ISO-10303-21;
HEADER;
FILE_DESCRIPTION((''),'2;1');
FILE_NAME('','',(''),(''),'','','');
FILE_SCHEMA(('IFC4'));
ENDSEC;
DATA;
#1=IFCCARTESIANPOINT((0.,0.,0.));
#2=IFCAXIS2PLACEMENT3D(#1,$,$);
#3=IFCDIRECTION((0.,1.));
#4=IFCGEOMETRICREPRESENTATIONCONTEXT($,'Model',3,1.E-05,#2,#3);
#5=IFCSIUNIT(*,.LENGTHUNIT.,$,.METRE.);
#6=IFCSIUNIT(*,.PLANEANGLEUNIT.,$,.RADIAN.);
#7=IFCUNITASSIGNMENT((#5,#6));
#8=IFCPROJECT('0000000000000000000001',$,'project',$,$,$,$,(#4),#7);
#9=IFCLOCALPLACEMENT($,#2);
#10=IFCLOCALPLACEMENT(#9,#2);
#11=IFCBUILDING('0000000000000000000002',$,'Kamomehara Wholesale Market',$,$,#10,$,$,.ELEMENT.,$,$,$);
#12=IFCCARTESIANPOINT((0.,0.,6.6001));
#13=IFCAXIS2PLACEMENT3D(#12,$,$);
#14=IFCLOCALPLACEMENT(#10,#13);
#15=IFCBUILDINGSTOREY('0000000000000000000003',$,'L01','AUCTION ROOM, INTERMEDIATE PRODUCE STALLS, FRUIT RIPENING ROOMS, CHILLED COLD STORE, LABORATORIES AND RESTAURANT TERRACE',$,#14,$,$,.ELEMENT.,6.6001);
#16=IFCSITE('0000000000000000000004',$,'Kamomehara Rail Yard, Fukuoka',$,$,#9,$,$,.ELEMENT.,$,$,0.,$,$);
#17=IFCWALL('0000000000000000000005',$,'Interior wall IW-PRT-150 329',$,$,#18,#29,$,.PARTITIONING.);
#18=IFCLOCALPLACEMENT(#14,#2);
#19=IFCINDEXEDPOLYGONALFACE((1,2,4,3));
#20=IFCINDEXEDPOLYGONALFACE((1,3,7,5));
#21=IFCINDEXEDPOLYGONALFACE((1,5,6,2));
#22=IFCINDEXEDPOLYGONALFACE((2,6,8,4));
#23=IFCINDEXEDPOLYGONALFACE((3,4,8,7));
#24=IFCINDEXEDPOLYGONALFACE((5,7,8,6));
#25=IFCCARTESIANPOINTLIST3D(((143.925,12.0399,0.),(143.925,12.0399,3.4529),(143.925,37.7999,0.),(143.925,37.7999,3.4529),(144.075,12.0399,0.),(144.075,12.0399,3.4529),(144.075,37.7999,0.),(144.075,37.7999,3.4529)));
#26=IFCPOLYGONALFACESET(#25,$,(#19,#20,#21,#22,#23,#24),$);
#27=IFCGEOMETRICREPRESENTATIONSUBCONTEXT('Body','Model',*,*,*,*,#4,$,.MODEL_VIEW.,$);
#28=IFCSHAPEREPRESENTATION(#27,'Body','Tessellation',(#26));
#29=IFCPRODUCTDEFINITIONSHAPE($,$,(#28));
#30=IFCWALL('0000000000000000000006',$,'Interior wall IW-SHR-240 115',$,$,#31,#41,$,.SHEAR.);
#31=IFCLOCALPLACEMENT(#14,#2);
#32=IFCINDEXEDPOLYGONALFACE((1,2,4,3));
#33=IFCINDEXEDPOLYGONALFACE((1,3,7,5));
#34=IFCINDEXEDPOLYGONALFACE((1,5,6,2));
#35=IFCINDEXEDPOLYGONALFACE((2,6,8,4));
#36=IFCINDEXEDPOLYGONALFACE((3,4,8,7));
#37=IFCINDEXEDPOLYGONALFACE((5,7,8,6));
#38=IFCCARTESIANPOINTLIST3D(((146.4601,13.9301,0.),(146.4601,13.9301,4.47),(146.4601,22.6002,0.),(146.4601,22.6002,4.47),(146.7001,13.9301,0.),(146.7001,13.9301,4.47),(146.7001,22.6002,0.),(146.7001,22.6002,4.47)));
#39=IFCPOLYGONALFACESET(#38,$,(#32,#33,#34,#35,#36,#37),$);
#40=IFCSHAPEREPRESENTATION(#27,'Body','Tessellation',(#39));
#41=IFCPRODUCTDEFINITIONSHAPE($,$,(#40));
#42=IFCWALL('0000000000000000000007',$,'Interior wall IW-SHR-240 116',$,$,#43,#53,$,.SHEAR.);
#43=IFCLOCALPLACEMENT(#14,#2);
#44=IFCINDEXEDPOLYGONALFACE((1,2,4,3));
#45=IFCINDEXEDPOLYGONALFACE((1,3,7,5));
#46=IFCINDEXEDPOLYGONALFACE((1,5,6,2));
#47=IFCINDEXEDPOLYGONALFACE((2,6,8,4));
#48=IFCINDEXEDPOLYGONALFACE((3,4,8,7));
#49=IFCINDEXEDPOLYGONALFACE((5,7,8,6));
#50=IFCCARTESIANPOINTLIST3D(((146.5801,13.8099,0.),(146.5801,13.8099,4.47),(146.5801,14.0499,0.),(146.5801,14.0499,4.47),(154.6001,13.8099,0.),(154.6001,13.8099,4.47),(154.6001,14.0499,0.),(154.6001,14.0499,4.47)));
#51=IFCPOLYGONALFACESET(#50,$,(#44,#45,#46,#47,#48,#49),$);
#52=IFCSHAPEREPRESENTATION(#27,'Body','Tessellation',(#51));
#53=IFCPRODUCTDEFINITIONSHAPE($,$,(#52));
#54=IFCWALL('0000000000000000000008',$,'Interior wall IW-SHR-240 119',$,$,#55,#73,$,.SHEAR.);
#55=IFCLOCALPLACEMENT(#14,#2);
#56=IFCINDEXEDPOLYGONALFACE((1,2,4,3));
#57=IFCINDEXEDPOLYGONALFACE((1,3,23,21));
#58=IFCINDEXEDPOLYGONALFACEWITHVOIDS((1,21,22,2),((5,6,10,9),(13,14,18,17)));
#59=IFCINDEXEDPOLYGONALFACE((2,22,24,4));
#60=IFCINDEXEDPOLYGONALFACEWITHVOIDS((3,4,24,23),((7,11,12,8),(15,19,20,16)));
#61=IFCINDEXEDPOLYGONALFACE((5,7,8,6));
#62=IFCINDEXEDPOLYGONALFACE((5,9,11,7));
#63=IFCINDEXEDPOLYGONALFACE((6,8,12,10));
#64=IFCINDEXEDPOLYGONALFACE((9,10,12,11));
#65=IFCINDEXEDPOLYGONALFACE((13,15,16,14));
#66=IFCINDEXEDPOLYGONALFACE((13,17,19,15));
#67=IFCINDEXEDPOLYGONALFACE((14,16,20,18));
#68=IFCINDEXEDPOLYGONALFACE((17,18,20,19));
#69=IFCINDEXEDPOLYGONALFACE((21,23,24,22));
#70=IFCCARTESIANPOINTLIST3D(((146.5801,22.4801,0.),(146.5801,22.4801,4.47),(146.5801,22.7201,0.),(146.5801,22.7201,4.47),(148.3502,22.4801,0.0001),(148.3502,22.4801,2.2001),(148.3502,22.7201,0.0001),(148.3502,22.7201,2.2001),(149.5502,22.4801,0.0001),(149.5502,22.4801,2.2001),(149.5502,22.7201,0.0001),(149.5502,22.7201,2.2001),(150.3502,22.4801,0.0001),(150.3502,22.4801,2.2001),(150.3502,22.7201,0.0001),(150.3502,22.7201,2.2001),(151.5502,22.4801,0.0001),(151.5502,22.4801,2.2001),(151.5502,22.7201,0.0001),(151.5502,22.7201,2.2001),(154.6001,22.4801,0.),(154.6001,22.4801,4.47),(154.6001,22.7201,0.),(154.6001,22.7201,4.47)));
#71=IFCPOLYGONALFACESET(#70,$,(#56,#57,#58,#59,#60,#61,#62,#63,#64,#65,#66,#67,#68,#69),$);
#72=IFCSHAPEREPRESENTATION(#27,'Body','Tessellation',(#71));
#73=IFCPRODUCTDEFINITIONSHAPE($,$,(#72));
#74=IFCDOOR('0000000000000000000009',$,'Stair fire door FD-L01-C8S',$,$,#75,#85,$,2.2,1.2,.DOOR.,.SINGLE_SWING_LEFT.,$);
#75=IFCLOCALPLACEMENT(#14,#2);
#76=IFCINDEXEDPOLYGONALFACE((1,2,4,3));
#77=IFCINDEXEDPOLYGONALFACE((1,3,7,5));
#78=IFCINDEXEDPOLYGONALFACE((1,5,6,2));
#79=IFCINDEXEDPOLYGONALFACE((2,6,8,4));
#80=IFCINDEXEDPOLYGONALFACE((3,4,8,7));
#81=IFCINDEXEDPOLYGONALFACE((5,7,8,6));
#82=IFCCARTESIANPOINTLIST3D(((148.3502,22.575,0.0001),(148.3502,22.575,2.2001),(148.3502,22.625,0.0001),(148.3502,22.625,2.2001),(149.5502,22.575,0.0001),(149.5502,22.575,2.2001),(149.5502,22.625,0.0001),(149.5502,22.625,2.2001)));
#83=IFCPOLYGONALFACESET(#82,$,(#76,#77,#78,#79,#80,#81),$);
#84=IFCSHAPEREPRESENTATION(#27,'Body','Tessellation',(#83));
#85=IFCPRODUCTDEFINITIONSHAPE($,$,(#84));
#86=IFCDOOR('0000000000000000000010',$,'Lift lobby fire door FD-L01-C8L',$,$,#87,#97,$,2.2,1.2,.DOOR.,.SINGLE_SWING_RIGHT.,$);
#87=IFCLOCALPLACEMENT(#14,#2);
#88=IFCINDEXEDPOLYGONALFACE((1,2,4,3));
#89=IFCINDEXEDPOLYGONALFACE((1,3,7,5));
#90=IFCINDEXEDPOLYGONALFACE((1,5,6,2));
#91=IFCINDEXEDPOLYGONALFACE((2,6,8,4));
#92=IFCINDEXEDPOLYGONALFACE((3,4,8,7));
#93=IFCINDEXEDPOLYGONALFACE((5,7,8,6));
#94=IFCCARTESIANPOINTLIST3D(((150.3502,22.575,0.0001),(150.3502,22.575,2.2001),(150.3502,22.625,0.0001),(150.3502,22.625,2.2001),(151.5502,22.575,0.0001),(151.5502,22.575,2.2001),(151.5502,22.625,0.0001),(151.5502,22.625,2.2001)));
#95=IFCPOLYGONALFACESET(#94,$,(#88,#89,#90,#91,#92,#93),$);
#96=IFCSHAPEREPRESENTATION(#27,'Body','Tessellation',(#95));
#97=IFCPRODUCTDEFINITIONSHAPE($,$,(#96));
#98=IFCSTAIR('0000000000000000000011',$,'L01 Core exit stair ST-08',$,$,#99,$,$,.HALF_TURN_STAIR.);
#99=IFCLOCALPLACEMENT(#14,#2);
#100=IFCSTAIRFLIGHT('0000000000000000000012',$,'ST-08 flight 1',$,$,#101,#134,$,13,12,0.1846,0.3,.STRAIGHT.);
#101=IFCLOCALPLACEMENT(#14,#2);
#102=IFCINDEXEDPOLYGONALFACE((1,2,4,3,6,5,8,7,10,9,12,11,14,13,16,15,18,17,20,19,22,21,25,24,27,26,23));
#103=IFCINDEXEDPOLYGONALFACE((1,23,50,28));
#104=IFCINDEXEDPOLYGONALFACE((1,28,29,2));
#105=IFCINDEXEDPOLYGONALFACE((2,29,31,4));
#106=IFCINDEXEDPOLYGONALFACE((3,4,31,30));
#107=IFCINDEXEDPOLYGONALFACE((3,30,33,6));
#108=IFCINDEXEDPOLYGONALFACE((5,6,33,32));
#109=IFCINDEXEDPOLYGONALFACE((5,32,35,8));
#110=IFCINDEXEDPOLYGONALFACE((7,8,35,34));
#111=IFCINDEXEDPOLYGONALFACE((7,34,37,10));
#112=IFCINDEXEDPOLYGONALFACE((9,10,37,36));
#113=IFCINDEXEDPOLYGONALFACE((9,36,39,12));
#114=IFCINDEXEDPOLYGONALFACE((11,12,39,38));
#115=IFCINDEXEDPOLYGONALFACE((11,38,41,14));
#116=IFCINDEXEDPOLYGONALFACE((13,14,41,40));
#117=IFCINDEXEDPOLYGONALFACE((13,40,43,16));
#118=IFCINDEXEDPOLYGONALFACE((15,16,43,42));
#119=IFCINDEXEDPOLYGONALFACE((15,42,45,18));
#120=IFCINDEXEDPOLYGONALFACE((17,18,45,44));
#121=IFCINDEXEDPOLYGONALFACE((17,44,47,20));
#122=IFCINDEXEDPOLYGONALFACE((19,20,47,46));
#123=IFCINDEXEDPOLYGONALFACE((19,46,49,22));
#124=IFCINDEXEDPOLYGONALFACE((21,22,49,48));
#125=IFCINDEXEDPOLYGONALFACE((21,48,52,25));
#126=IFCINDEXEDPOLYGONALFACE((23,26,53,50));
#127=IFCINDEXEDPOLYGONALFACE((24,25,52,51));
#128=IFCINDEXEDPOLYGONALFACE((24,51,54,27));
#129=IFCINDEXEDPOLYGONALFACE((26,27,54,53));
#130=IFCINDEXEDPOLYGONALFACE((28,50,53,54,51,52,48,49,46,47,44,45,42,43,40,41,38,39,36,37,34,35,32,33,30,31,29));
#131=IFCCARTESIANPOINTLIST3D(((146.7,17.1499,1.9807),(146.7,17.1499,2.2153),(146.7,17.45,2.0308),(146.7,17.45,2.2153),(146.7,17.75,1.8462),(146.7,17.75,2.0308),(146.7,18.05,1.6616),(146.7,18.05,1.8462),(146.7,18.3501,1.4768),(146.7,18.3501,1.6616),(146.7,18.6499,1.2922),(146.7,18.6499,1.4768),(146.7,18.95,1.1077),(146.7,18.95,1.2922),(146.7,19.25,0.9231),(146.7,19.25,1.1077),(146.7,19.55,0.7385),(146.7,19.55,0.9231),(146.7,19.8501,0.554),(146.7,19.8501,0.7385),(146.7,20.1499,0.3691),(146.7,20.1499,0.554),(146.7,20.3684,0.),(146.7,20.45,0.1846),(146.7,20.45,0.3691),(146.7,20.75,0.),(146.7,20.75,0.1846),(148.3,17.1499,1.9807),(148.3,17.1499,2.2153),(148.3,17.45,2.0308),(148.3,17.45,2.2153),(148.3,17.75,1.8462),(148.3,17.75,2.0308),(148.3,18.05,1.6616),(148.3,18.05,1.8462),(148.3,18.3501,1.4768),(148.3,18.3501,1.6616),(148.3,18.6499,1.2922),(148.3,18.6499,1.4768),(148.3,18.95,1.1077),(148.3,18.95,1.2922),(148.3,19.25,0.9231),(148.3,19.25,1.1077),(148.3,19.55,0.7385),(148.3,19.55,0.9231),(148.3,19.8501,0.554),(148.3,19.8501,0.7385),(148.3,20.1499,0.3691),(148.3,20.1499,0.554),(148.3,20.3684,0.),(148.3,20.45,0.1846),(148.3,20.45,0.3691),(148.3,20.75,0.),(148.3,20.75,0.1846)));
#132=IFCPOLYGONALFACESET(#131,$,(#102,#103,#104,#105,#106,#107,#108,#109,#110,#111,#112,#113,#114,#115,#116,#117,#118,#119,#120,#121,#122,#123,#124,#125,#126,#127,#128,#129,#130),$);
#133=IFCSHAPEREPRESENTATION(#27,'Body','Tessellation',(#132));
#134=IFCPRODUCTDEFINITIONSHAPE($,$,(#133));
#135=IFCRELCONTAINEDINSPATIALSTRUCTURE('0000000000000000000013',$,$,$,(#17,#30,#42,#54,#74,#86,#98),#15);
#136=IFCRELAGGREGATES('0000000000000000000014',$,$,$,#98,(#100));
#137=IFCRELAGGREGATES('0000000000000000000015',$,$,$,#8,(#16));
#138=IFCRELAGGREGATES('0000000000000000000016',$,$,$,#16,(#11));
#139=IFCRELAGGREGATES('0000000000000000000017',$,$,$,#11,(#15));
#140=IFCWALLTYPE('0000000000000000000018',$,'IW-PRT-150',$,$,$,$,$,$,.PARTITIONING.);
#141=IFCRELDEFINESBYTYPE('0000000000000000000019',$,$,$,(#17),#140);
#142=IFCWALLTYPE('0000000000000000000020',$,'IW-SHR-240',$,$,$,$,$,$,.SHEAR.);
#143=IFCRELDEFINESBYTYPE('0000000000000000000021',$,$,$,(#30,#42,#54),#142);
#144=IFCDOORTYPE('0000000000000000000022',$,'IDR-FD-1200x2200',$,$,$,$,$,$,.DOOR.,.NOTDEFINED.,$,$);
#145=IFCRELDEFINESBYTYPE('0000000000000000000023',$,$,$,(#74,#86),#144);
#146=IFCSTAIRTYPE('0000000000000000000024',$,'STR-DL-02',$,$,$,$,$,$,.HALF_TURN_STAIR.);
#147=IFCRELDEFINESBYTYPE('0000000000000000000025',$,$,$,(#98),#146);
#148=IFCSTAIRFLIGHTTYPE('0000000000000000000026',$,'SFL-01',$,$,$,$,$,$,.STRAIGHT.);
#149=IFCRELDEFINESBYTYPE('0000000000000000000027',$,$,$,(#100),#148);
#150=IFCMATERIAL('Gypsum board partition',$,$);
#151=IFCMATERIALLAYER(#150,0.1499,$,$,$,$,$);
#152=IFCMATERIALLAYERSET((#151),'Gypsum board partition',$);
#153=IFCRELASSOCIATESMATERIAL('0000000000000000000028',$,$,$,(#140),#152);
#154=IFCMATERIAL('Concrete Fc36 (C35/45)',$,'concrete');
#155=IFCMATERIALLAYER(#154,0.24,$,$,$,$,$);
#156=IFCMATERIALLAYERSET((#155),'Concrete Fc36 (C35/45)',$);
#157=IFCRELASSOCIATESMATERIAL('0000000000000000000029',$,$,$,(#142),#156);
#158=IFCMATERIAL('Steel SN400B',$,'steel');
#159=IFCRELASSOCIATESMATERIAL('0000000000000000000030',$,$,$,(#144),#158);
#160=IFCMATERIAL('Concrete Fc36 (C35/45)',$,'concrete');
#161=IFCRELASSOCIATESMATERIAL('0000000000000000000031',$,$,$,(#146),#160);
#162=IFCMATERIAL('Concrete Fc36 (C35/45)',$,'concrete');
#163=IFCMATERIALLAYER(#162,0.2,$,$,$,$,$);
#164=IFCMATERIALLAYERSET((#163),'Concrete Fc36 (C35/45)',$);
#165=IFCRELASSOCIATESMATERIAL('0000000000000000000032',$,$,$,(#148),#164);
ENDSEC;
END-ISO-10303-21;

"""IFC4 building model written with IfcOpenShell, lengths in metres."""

from ifc_helpers import new_model, si_unit, direction, frame, frame_2d, origin, place, context, subcontext, project, spatial, polyline, rectangle, outline, extrude, material, layer, layer_set, type_object, element, fill, aggregate, save


model = new_model("IFC4")

# Units and contexts
model_context = context("Model", 3, precision=1e-05, world=origin(), true_north=direction((0.0, 1.0)))
body_context = subcontext(model_context, "Body", "Model", "MODEL_VIEW")
ifc_project = project(units=[si_unit("LENGTHUNIT", "METRE"), si_unit("PLANEANGLEUNIT", "RADIAN")], contexts=[model_context])

# Site, building, storey
site_placement = place(None, origin())
site = spatial("IfcSite", under=ifc_project, at=site_placement, Name="Kamomehara Rail Yard, Fukuoka", CompositionType="ELEMENT", RefElevation=0.0)
building_placement = place(site_placement, origin())
building = spatial("IfcBuilding", under=site, at=building_placement, Name="Kamomehara Wholesale Market", CompositionType="ELEMENT")
storey_placement = place(building_placement, frame((0.0, 0.0, 6.6001)))
storey = spatial("IfcBuildingStorey", under=building, at=storey_placement, Name="L01", Description="AUCTION ROOM, INTERMEDIATE PRODUCE STALLS, FRUIT RIPENING ROOMS, CHILLED COLD STORE, LABORATORIES AND RESTAURANT TERRACE", CompositionType="ELEMENT", Elevation=6.6001)

# Shared definitions
ifc_material_1 = material(Name="Gypsum board partition")
ifc_layer_1 = layer(ifc_material_1, 0.1499)
ifc_layer_set_1 = layer_set([ifc_layer_1], Name="Gypsum board partition")
wall_type_1 = type_object("IfcWallType", Name="IW-PRT-150", PredefinedType="PARTITIONING", material=ifc_layer_set_1)

# Walls
wall_1_placement = place(storey_placement, frame((144.0, 12.04, 0.0), z_axis=(0.0, 0.0, 1.0), x_axis=(0.0, 1.0, 0.0)))
element("IfcWall", 1, at=wall_1_placement, inside=storey, type_object=wall_type_1, Name="Interior wall IW-PRT-150 329", PredefinedType="PARTITIONING", context=body_context, shape_type="SweptSolid", body=[
    extrude(rectangle(XDim=25.76, YDim=0.1499, at=frame_2d((12.8799, 0.0))), origin(), (0.0, 0.0, 1.0), 3.4529),
])
ifc_material_2 = material(Name="Concrete Fc36 (C35/45)", Category="concrete")
ifc_layer_2 = layer(ifc_material_2, 0.24)
ifc_layer_set_2 = layer_set([ifc_layer_2], Name="Concrete Fc36 (C35/45)")
wall_type_2 = type_object("IfcWallType", Name="IW-SHR-240", PredefinedType="SHEAR", material=ifc_layer_set_2)
wall_2_placement = place(storey_placement, frame((146.5801, 22.6001, 0.0), z_axis=(0.0, 0.0, 1.0), x_axis=(0.0, -1.0, 0.0)))
element("IfcWall", 2, at=wall_2_placement, inside=storey, type_object=wall_type_2, Name="Interior wall IW-SHR-240 115", PredefinedType="SHEAR", context=body_context, shape_type="SweptSolid", body=[
    extrude(rectangle(XDim=8.6702, YDim=0.24, at=frame_2d((4.335, 0.0))), origin(), (0.0, 0.0, 1.0), 4.47),
])
wall_3_placement = place(storey_placement, frame((146.5801, 13.9299, 0.0), z_axis=(0.0, 0.0, 1.0), x_axis=(1.0, 0.0, 0.0)))
element("IfcWall", 3, at=wall_3_placement, inside=storey, type_object=wall_type_2, Name="Interior wall IW-SHR-240 116", PredefinedType="SHEAR", context=body_context, shape_type="SweptSolid", body=[
    extrude(rectangle(XDim=8.02, YDim=0.24, at=frame_2d((4.01, 0.0))), origin(), (0.0, 0.0, 1.0), 4.47),
])

# Wall, openings, doors
wall_4_placement = place(storey_placement, frame((146.5801, 22.6001, 0.0), z_axis=(0.0, 0.0, 1.0), x_axis=(1.0, 0.0, 0.0)))
wall_4 = element("IfcWall", 4, at=wall_4_placement, inside=storey, type_object=wall_type_2, Name="Interior wall IW-SHR-240 119", PredefinedType="SHEAR", context=body_context, shape_type="SweptSolid", body=[
    extrude(rectangle(XDim=8.02, YDim=0.24, at=frame_2d((4.01, 0.0))), origin(), (0.0, 0.0, 1.0), 4.47),
])
opening_1_placement = place(wall_4_placement, frame((1.77, 0.0, 0.0)))
opening_1 = element("IfcOpeningElement", 5, at=opening_1_placement, cuts=wall_4, PredefinedType="OPENING", context=body_context, shape_type="SweptSolid", body=[
    extrude(rectangle(XDim=1.2, YDim=2.2, at=frame_2d((0.6001, 1.1001))), frame((0.0, 0.1348, 0.0), z_axis=(0.0, -1.0, 0.0), x_axis=(1.0, 0.0, 0.0)), (0.0, 0.0, 1.0), 0.2698),
])
opening_2_placement = place(wall_4_placement, frame((3.77, 0.0, 0.0)))
opening_2 = element("IfcOpeningElement", 6, at=opening_2_placement, cuts=wall_4, PredefinedType="OPENING", context=body_context, shape_type="SweptSolid", body=[
    extrude(rectangle(XDim=1.2, YDim=2.2, at=frame_2d((0.6001, 1.1001))), frame((0.0, 0.1348, 0.0), z_axis=(0.0, -1.0, 0.0), x_axis=(1.0, 0.0, 0.0)), (0.0, 0.0, 1.0), 0.2698),
])
ifc_material_3 = material(Name="Steel SN400B", Category="steel")
door_type_1 = type_object("IfcDoorType", Name="IDR-FD-1200x2200", OperationType="NOTDEFINED", PredefinedType="DOOR", material=ifc_material_3)
door_1_placement = place(opening_1_placement, origin())
door_1 = element("IfcDoor", 7, at=door_1_placement, inside=storey, type_object=door_type_1, Name="Stair fire door FD-L01-C8S", OperationType="SINGLE_SWING_LEFT", OverallHeight=2.2, OverallWidth=1.2, PredefinedType="DOOR", context=body_context, shape_type="SweptSolid", body=[
    extrude(rectangle(XDim=1.2, YDim=2.2, at=frame_2d((0.6001, 1.1001))), frame((0.0, 0.0249, 0.0), z_axis=(0.0, -1.0, 0.0), x_axis=(1.0, 0.0, 0.0)), (0.0, 0.0, 1.0), 0.05),
])
fill(opening_1, door_1)
door_2_placement = place(opening_2_placement, origin())
door_2 = element("IfcDoor", 8, at=door_2_placement, inside=storey, type_object=door_type_1, Name="Lift lobby fire door FD-L01-C8L", OperationType="SINGLE_SWING_RIGHT", OverallHeight=2.2, OverallWidth=1.2, PredefinedType="DOOR", context=body_context, shape_type="SweptSolid", body=[
    extrude(rectangle(XDim=1.2, YDim=2.2, at=frame_2d((0.6001, 1.1001))), frame((0.0, 0.0249, 0.0), z_axis=(0.0, -1.0, 0.0), x_axis=(1.0, 0.0, 0.0)), (0.0, 0.0, 1.0), 0.05),
])
fill(opening_2, door_2)

# Stair, stair flight
ifc_material_4 = material(Name="Concrete Fc36 (C35/45)", Category="concrete")
stair_type = type_object("IfcStairType", Name="STR-DL-02", PredefinedType="HALF_TURN_STAIR", material=ifc_material_4)
stair_placement = place(storey_placement, origin())
stair = element("IfcStair", 9, at=stair_placement, inside=storey, type_object=stair_type, Name="L01 Core exit stair ST-08", PredefinedType="HALF_TURN_STAIR")
ifc_material_5 = material(Name="Concrete Fc36 (C35/45)", Category="concrete")
ifc_layer_3 = layer(ifc_material_5, 0.2)
ifc_layer_set_3 = layer_set([ifc_layer_3], Name="Concrete Fc36 (C35/45)")
stair_flight_type = type_object("IfcStairFlightType", Name="SFL-01", PredefinedType="STRAIGHT", material=ifc_layer_set_3)
stair_flight_placement = place(storey_placement, frame((147.5, 20.75, 0.0), z_axis=(0.0, 0.0, 1.0), x_axis=(0.0, -1.0, 0.0)))
stair_flight = element("IfcStairFlight", 10, at=stair_flight_placement, type_object=stair_flight_type, Name="ST-08 flight 1", NumberOfRisers=13, NumberOfTreads=12, PredefinedType="STRAIGHT", RiserHeight=0.1846, TreadLength=0.3, context=body_context, shape_type="SweptSolid", body=[
    extrude(outline(polyline([(0.0, 0.0), (0.0, 0.1846), (0.3, 0.1846), (0.3, 0.3691), (0.6001, 0.3691), (0.6001, 0.554), (0.8999, 0.554), (0.8999, 0.7385), (1.2, 0.7385), (1.2, 0.9231), (1.5, 0.9231), (1.5, 1.1077), (1.8, 1.1077), (1.8, 1.2922), (2.1001, 1.2922), (2.1001, 1.4768), (2.3999, 1.4768), (2.3999, 1.6616), (2.7, 1.6616), (2.7, 1.8462), (3.0, 1.8462), (3.0, 2.0308), (3.3, 2.0308), (3.3, 2.2153), (3.6001, 2.2153), (3.6001, 2.3999), (3.6001, 1.9807), (0.3816, 0.0), (0.0, 0.0)])), frame((0.0, 0.8, 0.0), z_axis=(0.0, -1.0, 0.0), x_axis=(1.0, 0.0, 0.0)), (0.0, 0.0, 1.0), 1.6001),
])
aggregate(stair, [stair_flight])

save(model, "model.ifc")
